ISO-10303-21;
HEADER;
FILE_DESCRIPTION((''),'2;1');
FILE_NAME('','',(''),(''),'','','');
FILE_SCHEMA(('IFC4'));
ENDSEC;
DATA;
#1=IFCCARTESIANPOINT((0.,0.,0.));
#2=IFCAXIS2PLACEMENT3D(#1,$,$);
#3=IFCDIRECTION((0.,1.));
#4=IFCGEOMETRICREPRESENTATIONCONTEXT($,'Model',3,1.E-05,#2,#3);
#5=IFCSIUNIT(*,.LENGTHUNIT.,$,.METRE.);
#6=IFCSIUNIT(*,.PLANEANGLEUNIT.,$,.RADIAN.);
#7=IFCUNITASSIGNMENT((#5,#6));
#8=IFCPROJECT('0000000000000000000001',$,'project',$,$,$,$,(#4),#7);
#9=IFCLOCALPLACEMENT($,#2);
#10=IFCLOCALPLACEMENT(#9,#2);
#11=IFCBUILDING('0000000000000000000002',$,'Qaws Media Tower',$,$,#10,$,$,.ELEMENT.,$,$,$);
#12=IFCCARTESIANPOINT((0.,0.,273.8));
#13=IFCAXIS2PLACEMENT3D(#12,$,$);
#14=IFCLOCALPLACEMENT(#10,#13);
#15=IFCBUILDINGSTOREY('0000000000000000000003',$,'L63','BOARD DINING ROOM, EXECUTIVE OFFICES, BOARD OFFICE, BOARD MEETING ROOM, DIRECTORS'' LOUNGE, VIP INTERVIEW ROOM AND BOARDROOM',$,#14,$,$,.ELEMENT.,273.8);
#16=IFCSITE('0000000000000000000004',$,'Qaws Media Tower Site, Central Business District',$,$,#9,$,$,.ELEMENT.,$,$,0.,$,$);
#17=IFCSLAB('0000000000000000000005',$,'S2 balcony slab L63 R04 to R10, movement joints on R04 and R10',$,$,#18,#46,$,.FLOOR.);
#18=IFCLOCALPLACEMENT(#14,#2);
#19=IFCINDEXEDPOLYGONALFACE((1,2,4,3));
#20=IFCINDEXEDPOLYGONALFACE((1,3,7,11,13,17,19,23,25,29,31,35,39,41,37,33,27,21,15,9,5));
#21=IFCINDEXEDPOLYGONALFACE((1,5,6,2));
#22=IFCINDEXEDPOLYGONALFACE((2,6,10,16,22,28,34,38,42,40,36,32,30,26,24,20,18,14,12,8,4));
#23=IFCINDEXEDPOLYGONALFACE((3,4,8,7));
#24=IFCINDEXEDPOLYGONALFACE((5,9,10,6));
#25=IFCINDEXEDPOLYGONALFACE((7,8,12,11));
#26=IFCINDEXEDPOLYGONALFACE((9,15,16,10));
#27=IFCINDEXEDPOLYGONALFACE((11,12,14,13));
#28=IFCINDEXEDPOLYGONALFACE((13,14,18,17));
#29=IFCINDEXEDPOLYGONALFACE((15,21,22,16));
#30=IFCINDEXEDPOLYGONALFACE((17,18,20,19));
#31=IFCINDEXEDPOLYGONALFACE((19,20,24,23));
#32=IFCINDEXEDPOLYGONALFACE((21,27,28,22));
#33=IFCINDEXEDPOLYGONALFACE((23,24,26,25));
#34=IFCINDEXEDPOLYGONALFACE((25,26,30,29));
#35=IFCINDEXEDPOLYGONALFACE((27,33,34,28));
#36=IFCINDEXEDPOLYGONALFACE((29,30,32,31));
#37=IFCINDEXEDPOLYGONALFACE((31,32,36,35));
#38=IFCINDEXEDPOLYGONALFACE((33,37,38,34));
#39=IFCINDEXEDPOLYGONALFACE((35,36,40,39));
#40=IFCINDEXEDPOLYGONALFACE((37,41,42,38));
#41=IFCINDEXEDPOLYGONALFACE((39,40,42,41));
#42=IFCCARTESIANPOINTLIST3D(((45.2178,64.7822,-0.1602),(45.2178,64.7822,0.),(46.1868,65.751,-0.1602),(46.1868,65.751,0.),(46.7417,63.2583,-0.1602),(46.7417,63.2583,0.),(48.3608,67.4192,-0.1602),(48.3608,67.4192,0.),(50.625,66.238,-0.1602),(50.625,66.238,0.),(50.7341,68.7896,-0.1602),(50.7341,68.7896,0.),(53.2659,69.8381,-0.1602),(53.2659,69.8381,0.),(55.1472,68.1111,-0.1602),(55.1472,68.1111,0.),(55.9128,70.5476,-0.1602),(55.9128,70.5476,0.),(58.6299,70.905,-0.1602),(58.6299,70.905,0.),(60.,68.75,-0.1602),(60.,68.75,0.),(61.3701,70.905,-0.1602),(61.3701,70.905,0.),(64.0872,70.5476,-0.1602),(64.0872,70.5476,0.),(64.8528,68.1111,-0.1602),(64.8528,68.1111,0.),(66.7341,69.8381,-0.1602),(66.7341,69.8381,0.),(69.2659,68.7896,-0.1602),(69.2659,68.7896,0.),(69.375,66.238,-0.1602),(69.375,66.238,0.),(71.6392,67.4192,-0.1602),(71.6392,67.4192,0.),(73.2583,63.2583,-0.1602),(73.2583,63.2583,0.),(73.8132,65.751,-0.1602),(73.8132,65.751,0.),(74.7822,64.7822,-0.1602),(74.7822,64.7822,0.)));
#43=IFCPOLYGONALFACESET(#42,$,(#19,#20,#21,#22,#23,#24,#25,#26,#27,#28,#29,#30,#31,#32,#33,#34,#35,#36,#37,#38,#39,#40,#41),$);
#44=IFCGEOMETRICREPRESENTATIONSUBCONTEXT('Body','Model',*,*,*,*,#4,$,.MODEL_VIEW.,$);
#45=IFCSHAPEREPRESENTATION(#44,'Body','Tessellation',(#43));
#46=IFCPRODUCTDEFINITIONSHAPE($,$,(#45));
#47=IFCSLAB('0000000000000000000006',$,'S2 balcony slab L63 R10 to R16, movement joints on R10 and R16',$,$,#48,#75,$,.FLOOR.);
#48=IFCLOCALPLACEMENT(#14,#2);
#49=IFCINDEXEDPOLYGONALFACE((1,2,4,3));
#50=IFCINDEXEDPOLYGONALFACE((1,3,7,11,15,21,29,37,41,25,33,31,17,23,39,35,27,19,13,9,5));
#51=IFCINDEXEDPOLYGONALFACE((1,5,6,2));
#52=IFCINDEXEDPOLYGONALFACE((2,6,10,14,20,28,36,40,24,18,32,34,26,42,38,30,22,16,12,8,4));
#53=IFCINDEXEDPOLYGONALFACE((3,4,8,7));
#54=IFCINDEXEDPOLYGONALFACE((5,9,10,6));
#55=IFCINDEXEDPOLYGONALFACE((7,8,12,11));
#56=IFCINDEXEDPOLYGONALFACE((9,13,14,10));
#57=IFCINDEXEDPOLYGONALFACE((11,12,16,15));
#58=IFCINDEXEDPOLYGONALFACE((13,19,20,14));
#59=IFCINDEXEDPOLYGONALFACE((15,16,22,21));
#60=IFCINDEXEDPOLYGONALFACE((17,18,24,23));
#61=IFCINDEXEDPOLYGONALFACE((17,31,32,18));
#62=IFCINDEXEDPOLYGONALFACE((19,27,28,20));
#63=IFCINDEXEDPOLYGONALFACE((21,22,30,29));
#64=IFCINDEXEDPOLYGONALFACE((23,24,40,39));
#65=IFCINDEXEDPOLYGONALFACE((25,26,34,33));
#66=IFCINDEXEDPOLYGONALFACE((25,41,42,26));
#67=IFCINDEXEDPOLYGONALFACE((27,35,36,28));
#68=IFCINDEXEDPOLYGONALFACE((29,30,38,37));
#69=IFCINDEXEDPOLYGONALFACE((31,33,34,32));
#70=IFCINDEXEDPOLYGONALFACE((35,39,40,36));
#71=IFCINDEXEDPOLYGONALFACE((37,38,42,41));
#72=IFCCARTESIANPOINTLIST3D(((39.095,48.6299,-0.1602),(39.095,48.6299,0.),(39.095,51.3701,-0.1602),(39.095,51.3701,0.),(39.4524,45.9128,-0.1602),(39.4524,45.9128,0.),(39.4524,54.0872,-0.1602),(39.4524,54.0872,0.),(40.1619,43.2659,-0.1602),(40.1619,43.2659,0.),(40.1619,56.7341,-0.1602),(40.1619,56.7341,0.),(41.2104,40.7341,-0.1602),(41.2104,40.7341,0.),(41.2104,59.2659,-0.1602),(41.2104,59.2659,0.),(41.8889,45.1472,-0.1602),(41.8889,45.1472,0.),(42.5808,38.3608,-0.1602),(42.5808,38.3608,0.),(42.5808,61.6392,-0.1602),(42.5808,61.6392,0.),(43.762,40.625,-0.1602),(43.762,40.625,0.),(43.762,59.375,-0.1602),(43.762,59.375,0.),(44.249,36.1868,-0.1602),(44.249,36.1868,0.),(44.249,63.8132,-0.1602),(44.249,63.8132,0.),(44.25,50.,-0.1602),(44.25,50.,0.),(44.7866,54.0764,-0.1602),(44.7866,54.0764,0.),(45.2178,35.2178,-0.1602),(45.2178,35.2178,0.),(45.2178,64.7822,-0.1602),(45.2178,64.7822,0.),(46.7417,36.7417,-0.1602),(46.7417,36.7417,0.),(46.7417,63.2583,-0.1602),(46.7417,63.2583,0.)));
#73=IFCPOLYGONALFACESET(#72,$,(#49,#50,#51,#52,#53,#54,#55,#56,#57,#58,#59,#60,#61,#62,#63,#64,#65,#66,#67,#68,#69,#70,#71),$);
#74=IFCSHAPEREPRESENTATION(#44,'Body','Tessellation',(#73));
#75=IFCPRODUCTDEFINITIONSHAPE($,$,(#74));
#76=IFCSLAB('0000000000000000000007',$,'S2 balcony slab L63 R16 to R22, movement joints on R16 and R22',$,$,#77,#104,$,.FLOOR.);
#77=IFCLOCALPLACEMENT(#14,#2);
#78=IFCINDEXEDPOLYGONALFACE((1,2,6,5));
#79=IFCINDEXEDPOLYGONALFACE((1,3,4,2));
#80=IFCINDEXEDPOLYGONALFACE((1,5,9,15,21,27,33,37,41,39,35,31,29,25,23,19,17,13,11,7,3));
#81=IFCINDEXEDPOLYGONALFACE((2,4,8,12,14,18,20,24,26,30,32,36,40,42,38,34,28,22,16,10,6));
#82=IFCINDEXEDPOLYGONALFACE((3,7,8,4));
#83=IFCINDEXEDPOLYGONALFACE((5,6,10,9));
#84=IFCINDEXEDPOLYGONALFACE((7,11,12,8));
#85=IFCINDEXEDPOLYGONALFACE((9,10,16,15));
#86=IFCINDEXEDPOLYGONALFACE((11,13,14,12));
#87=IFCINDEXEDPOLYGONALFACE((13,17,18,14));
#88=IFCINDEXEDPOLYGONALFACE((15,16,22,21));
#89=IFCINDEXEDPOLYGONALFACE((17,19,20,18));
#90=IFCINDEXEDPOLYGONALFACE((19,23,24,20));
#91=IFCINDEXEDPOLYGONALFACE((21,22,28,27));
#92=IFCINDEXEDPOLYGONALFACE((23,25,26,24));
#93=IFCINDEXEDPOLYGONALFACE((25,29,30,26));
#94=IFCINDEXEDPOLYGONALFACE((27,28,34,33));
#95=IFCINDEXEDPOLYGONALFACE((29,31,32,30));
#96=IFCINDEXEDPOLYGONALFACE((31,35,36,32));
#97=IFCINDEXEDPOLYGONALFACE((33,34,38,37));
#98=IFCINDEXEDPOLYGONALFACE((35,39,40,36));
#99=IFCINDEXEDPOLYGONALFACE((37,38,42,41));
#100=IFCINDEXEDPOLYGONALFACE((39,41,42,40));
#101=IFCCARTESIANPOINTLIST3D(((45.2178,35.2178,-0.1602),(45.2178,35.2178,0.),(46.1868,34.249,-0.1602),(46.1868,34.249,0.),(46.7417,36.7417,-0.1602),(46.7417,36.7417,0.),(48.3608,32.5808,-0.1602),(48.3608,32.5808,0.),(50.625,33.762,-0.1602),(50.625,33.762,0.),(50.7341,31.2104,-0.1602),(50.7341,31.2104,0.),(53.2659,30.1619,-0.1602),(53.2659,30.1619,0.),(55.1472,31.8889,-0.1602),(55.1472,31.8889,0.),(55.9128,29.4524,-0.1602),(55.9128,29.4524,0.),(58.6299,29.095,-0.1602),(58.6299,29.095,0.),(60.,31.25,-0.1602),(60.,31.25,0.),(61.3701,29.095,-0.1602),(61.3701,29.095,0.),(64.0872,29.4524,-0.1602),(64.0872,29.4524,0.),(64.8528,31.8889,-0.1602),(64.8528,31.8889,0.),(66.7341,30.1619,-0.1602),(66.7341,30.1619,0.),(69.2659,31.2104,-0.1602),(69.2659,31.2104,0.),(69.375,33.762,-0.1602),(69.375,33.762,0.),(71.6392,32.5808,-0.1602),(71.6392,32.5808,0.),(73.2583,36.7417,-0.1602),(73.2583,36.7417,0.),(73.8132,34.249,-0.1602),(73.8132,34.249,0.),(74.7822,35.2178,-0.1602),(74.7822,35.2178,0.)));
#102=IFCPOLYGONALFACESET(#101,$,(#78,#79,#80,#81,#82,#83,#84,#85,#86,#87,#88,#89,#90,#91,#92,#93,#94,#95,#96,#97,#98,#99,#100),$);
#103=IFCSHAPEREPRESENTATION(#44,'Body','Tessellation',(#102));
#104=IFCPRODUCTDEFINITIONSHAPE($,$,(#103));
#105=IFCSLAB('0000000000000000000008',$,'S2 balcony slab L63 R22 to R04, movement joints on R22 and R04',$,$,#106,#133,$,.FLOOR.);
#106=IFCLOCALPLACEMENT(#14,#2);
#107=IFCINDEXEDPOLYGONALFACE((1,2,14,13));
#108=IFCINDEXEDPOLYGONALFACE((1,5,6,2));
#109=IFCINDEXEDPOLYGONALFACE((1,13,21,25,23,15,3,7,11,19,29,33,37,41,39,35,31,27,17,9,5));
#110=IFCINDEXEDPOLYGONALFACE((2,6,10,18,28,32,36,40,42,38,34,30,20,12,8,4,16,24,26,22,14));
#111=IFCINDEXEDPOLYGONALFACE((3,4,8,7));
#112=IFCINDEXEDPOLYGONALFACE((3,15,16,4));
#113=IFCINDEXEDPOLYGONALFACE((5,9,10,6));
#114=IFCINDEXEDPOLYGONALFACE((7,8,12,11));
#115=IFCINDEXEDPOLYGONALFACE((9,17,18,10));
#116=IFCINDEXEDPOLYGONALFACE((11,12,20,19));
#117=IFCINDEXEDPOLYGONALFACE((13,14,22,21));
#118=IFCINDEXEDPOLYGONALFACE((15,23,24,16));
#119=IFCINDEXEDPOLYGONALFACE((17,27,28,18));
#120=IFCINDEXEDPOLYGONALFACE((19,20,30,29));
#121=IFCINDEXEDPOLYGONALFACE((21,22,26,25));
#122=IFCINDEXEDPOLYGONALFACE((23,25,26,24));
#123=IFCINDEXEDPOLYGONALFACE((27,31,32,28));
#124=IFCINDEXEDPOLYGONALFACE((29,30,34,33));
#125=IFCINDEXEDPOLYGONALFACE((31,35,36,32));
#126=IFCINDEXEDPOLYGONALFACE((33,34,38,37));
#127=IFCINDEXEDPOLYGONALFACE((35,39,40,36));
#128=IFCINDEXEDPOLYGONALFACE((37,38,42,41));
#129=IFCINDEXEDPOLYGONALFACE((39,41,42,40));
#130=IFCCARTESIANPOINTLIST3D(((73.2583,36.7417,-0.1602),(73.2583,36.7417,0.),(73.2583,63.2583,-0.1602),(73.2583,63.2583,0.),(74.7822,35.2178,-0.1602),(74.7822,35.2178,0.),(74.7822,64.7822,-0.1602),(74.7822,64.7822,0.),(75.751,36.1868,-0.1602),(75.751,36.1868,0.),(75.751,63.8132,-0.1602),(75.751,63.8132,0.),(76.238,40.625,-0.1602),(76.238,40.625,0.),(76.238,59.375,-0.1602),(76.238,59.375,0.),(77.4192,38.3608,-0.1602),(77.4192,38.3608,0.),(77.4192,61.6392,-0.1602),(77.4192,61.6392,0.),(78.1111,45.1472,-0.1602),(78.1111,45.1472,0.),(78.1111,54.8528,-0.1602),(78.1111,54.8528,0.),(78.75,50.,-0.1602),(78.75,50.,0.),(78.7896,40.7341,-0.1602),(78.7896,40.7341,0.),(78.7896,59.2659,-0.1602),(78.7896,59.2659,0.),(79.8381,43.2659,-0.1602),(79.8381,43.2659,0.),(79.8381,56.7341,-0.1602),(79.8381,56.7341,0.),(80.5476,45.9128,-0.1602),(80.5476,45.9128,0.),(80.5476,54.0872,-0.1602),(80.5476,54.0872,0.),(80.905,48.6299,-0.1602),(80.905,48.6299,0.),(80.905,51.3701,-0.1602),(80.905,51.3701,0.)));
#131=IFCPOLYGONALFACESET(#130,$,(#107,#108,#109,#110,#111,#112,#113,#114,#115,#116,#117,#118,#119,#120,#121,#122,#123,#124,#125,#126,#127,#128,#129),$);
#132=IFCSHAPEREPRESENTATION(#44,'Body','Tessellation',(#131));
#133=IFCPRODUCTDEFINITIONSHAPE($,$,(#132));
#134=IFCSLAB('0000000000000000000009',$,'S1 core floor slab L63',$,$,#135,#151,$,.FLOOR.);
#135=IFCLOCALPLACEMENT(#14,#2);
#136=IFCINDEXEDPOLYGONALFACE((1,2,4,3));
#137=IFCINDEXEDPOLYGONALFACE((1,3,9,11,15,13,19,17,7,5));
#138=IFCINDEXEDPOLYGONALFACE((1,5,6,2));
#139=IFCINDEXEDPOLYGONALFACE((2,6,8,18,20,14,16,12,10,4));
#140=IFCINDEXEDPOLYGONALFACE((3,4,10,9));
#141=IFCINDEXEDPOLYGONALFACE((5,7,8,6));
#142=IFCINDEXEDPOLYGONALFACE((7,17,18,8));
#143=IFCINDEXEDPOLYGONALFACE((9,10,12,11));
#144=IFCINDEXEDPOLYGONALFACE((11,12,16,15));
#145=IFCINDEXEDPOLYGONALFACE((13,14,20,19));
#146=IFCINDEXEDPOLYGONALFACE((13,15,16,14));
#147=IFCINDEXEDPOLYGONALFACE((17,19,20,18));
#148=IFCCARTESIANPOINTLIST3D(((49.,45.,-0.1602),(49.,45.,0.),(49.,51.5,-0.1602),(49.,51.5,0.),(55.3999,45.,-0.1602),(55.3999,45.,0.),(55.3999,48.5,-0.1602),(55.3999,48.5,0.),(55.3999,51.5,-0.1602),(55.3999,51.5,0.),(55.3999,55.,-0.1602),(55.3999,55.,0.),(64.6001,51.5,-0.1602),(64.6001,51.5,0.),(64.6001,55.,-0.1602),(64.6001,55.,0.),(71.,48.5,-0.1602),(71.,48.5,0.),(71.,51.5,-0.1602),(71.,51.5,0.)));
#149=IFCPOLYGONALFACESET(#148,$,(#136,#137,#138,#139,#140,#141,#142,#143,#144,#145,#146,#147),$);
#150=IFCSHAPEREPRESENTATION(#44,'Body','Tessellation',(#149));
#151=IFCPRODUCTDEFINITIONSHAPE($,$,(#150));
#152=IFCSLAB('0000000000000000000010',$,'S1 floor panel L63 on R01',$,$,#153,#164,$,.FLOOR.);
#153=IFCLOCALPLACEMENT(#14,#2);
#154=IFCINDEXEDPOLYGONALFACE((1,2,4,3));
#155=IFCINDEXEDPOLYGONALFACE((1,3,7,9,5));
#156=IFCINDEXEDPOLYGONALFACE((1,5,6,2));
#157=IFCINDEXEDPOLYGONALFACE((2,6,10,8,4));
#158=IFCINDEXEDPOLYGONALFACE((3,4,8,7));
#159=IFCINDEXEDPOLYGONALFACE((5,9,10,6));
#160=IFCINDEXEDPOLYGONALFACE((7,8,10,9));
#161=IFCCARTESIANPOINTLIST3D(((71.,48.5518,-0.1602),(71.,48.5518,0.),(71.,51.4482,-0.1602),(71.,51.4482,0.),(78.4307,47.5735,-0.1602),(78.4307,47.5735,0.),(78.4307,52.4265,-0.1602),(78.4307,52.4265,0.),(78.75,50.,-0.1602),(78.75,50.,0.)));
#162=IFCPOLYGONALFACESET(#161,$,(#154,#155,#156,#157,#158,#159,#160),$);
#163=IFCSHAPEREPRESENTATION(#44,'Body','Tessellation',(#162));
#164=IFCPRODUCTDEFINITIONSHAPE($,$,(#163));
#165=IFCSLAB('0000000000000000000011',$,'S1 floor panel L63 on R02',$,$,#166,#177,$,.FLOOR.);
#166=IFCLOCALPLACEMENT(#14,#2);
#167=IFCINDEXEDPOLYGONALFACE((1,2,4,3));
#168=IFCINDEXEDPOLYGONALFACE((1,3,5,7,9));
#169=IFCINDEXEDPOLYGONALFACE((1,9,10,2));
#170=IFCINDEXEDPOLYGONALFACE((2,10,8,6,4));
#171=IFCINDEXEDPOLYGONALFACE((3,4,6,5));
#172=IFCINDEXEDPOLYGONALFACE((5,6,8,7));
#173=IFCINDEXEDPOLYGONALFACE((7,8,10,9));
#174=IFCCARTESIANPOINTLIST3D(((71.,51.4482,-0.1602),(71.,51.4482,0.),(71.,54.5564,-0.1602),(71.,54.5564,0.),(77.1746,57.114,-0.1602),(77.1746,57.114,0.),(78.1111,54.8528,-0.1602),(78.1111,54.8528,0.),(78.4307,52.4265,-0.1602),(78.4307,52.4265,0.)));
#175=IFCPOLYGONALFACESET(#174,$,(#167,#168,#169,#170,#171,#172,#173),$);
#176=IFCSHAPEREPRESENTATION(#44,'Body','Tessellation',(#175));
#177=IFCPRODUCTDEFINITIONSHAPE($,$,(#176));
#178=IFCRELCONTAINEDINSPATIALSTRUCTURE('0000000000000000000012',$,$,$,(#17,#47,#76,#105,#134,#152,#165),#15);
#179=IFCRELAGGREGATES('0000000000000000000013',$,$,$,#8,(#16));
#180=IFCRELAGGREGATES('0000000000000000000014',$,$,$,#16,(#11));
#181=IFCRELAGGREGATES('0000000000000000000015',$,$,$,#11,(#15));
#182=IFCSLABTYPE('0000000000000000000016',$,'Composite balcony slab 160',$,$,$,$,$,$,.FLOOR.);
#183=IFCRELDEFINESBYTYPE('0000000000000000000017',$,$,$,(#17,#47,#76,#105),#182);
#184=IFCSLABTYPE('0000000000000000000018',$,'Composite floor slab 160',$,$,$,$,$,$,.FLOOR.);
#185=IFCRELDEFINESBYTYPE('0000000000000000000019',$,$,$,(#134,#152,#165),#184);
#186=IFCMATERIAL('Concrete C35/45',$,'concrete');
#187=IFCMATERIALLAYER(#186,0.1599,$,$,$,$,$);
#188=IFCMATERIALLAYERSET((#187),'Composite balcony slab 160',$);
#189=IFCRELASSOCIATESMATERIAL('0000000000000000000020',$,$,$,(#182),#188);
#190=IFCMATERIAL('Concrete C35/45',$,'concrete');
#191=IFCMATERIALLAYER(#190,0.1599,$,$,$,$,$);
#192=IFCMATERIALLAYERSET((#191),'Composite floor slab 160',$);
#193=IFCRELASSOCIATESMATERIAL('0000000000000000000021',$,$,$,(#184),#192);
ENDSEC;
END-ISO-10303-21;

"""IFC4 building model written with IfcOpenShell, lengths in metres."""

from ifc_helpers import new_model, si_unit, direction, frame, origin, place, context, subcontext, project, spatial, polyline, outline, extrude, material, layer, layer_set, type_object, element, save


model = new_model("IFC4")

# Units and contexts
model_context = context("Model", 3, precision=1e-05, world=origin(), true_north=direction((0.0, 1.0)))
body_context = subcontext(model_context, "Body", "Model", "MODEL_VIEW")
ifc_project = project(units=[si_unit("LENGTHUNIT", "METRE"), si_unit("PLANEANGLEUNIT", "RADIAN")], contexts=[model_context])

# Site, building, storey
site_placement = place(None, origin())
site = spatial("IfcSite", under=ifc_project, at=site_placement, Name="Qaws Media Tower Site, Central Business District", CompositionType="ELEMENT", RefElevation=0.0)
building_placement = place(site_placement, origin())
building = spatial("IfcBuilding", under=site, at=building_placement, Name="Qaws Media Tower", CompositionType="ELEMENT")
storey_placement = place(building_placement, frame((0.0, 0.0, 273.8)))
storey = spatial("IfcBuildingStorey", under=building, at=storey_placement, Name="L63", Description="BOARD DINING ROOM, EXECUTIVE OFFICES, BOARD OFFICE, BOARD MEETING ROOM, DIRECTORS' LOUNGE, VIP INTERVIEW ROOM AND BOARDROOM", CompositionType="ELEMENT", Elevation=273.8)

# Slabs
ifc_material_1 = material(Name="Concrete C35/45", Category="concrete")
ifc_layer_1 = layer(ifc_material_1, 0.1599)
ifc_layer_set_1 = layer_set([ifc_layer_1], Name="Composite balcony slab 160")
slab_type_1 = type_object("IfcSlabType", Name="Composite balcony slab 160", PredefinedType="FLOOR", material=ifc_layer_set_1)
slab_1_placement = place(storey_placement, frame((0.0, 0.0, -0.1602)))
element("IfcSlab", 1, at=slab_1_placement, inside=storey, type_object=slab_type_1, Name="S2 balcony slab L63 R04 to R10, movement joints on R04 and R10", PredefinedType="FLOOR", context=body_context, shape_type="SweptSolid", body=[
    extrude(outline(polyline([(46.1868, 65.751), (48.3608, 67.4192), (50.7341, 68.7896), (53.2659, 69.8381), (55.9128, 70.5476), (58.6299, 70.905), (61.3701, 70.905), (64.0872, 70.5476), (66.7341, 69.8381), (69.2659, 68.7896), (71.6392, 67.4192), (73.8132, 65.751), (74.7822, 64.7822), (73.2583, 63.2583), (69.375, 66.238), (64.8528, 68.1111), (60.0, 68.75), (55.1472, 68.1111), (50.625, 66.238), (46.7417, 63.2583), (45.2178, 64.7822), (46.1868, 65.751)])), origin(), (0.0, 0.0, 1.0), 0.1602),
])
slab_2_placement = place(storey_placement, frame((0.0, 0.0, -0.1602)))
element("IfcSlab", 2, at=slab_2_placement, inside=storey, type_object=slab_type_1, Name="S2 balcony slab L63 R10 to R16, movement joints on R10 and R16", PredefinedType="FLOOR", context=body_context, shape_type="SweptSolid", body=[
    extrude(outline(polyline([(44.249, 36.1868), (42.5808, 38.3608), (41.2104, 40.7341), (40.1619, 43.2659), (39.4524, 45.9128), (39.095, 48.6299), (39.095, 51.3701), (39.4524, 54.0872), (40.1619, 56.7341), (41.2104, 59.2659), (42.5808, 61.6392), (44.249, 63.8132), (45.2178, 64.7822), (46.7417, 63.2583), (43.762, 59.375), (44.7866, 54.0764), (44.25, 50.0), (41.8889, 45.1472), (43.762, 40.625), (46.7417, 36.7417), (45.2178, 35.2178), (44.249, 36.1868)])), origin(), (0.0, 0.0, 1.0), 0.1602),
])
slab_3_placement = place(storey_placement, frame((0.0, 0.0, -0.1602)))
element("IfcSlab", 3, at=slab_3_placement, inside=storey, type_object=slab_type_1, Name="S2 balcony slab L63 R16 to R22, movement joints on R16 and R22", PredefinedType="FLOOR", context=body_context, shape_type="SweptSolid", body=[
    extrude(outline(polyline([(73.8132, 34.249), (71.6392, 32.5808), (69.2659, 31.2104), (66.7341, 30.1619), (64.0872, 29.4524), (61.3701, 29.095), (58.6299, 29.095), (55.9128, 29.4524), (53.2659, 30.1619), (50.7341, 31.2104), (48.3608, 32.5808), (46.1868, 34.249), (45.2178, 35.2178), (46.7417, 36.7417), (50.625, 33.762), (55.1472, 31.8889), (60.0, 31.25), (64.8528, 31.8889), (69.375, 33.762), (73.2583, 36.7417), (74.7822, 35.2178), (73.8132, 34.249)])), origin(), (0.0, 0.0, 1.0), 0.1602),
])
slab_4_placement = place(storey_placement, frame((0.0, 0.0, -0.1602)))
element("IfcSlab", 4, at=slab_4_placement, inside=storey, type_object=slab_type_1, Name="S2 balcony slab L63 R22 to R04, movement joints on R22 and R04", PredefinedType="FLOOR", context=body_context, shape_type="SweptSolid", body=[
    extrude(outline(polyline([(80.5476, 45.9128), (79.8381, 43.2659), (78.7896, 40.7341), (77.4192, 38.3608), (75.751, 36.1868), (74.7822, 35.2178), (73.2583, 36.7417), (76.238, 40.625), (78.1111, 45.1472), (78.75, 50.0), (78.1111, 54.8528), (76.238, 59.375), (73.2583, 63.2583), (74.7822, 64.7822), (75.751, 63.8132), (77.4192, 61.6392), (78.7896, 59.2659), (79.8381, 56.7341), (80.5476, 54.0872), (80.905, 51.3701), (80.905, 48.6299), (80.5476, 45.9128)])), origin(), (0.0, 0.0, 1.0), 0.1602),
])
ifc_material_2 = material(Name="Concrete C35/45", Category="concrete")
ifc_layer_2 = layer(ifc_material_2, 0.1599)
ifc_layer_set_2 = layer_set([ifc_layer_2], Name="Composite floor slab 160")
slab_type_2 = type_object("IfcSlabType", Name="Composite floor slab 160", PredefinedType="FLOOR", material=ifc_layer_set_2)
slab_5_placement = place(storey_placement, frame((0.0, 0.0, -0.1602)))
element("IfcSlab", 5, at=slab_5_placement, inside=storey, type_object=slab_type_2, Name="S1 core floor slab L63", PredefinedType="FLOOR", context=body_context, shape_type="SweptSolid", body=[
    extrude(outline(polyline([(71.0, 51.5), (71.0, 48.5), (55.3999, 48.5), (55.3999, 45.0), (49.0, 45.0), (49.0, 51.5), (55.3999, 51.5), (55.3999, 55.0), (64.6001, 55.0), (64.6001, 51.5), (71.0, 51.5)])), origin(), (0.0, 0.0, 1.0), 0.1602),
])
slab_6_placement = place(storey_placement, frame((0.0, 0.0, -0.1602)))
element("IfcSlab", 6, at=slab_6_placement, inside=storey, type_object=slab_type_2, Name="S1 floor panel L63 on R01", PredefinedType="FLOOR", context=body_context, shape_type="SweptSolid", body=[
    extrude(outline(polyline([(78.75, 50.0), (78.4307, 47.5735), (71.0, 48.5518), (71.0, 51.4482), (78.4307, 52.4265), (78.75, 50.0)])), origin(), (0.0, 0.0, 1.0), 0.1602),
])
slab_7_placement = place(storey_placement, frame((0.0, 0.0, -0.1602)))
element("IfcSlab", 7, at=slab_7_placement, inside=storey, type_object=slab_type_2, Name="S1 floor panel L63 on R02", PredefinedType="FLOOR", context=body_context, shape_type="SweptSolid", body=[
    extrude(outline(polyline([(78.1111, 54.8528), (78.4307, 52.4265), (71.0, 51.4482), (71.0, 54.5564), (77.1746, 57.114), (78.1111, 54.8528)])), origin(), (0.0, 0.0, 1.0), 0.1602),
])

save(model, "model.ifc")
